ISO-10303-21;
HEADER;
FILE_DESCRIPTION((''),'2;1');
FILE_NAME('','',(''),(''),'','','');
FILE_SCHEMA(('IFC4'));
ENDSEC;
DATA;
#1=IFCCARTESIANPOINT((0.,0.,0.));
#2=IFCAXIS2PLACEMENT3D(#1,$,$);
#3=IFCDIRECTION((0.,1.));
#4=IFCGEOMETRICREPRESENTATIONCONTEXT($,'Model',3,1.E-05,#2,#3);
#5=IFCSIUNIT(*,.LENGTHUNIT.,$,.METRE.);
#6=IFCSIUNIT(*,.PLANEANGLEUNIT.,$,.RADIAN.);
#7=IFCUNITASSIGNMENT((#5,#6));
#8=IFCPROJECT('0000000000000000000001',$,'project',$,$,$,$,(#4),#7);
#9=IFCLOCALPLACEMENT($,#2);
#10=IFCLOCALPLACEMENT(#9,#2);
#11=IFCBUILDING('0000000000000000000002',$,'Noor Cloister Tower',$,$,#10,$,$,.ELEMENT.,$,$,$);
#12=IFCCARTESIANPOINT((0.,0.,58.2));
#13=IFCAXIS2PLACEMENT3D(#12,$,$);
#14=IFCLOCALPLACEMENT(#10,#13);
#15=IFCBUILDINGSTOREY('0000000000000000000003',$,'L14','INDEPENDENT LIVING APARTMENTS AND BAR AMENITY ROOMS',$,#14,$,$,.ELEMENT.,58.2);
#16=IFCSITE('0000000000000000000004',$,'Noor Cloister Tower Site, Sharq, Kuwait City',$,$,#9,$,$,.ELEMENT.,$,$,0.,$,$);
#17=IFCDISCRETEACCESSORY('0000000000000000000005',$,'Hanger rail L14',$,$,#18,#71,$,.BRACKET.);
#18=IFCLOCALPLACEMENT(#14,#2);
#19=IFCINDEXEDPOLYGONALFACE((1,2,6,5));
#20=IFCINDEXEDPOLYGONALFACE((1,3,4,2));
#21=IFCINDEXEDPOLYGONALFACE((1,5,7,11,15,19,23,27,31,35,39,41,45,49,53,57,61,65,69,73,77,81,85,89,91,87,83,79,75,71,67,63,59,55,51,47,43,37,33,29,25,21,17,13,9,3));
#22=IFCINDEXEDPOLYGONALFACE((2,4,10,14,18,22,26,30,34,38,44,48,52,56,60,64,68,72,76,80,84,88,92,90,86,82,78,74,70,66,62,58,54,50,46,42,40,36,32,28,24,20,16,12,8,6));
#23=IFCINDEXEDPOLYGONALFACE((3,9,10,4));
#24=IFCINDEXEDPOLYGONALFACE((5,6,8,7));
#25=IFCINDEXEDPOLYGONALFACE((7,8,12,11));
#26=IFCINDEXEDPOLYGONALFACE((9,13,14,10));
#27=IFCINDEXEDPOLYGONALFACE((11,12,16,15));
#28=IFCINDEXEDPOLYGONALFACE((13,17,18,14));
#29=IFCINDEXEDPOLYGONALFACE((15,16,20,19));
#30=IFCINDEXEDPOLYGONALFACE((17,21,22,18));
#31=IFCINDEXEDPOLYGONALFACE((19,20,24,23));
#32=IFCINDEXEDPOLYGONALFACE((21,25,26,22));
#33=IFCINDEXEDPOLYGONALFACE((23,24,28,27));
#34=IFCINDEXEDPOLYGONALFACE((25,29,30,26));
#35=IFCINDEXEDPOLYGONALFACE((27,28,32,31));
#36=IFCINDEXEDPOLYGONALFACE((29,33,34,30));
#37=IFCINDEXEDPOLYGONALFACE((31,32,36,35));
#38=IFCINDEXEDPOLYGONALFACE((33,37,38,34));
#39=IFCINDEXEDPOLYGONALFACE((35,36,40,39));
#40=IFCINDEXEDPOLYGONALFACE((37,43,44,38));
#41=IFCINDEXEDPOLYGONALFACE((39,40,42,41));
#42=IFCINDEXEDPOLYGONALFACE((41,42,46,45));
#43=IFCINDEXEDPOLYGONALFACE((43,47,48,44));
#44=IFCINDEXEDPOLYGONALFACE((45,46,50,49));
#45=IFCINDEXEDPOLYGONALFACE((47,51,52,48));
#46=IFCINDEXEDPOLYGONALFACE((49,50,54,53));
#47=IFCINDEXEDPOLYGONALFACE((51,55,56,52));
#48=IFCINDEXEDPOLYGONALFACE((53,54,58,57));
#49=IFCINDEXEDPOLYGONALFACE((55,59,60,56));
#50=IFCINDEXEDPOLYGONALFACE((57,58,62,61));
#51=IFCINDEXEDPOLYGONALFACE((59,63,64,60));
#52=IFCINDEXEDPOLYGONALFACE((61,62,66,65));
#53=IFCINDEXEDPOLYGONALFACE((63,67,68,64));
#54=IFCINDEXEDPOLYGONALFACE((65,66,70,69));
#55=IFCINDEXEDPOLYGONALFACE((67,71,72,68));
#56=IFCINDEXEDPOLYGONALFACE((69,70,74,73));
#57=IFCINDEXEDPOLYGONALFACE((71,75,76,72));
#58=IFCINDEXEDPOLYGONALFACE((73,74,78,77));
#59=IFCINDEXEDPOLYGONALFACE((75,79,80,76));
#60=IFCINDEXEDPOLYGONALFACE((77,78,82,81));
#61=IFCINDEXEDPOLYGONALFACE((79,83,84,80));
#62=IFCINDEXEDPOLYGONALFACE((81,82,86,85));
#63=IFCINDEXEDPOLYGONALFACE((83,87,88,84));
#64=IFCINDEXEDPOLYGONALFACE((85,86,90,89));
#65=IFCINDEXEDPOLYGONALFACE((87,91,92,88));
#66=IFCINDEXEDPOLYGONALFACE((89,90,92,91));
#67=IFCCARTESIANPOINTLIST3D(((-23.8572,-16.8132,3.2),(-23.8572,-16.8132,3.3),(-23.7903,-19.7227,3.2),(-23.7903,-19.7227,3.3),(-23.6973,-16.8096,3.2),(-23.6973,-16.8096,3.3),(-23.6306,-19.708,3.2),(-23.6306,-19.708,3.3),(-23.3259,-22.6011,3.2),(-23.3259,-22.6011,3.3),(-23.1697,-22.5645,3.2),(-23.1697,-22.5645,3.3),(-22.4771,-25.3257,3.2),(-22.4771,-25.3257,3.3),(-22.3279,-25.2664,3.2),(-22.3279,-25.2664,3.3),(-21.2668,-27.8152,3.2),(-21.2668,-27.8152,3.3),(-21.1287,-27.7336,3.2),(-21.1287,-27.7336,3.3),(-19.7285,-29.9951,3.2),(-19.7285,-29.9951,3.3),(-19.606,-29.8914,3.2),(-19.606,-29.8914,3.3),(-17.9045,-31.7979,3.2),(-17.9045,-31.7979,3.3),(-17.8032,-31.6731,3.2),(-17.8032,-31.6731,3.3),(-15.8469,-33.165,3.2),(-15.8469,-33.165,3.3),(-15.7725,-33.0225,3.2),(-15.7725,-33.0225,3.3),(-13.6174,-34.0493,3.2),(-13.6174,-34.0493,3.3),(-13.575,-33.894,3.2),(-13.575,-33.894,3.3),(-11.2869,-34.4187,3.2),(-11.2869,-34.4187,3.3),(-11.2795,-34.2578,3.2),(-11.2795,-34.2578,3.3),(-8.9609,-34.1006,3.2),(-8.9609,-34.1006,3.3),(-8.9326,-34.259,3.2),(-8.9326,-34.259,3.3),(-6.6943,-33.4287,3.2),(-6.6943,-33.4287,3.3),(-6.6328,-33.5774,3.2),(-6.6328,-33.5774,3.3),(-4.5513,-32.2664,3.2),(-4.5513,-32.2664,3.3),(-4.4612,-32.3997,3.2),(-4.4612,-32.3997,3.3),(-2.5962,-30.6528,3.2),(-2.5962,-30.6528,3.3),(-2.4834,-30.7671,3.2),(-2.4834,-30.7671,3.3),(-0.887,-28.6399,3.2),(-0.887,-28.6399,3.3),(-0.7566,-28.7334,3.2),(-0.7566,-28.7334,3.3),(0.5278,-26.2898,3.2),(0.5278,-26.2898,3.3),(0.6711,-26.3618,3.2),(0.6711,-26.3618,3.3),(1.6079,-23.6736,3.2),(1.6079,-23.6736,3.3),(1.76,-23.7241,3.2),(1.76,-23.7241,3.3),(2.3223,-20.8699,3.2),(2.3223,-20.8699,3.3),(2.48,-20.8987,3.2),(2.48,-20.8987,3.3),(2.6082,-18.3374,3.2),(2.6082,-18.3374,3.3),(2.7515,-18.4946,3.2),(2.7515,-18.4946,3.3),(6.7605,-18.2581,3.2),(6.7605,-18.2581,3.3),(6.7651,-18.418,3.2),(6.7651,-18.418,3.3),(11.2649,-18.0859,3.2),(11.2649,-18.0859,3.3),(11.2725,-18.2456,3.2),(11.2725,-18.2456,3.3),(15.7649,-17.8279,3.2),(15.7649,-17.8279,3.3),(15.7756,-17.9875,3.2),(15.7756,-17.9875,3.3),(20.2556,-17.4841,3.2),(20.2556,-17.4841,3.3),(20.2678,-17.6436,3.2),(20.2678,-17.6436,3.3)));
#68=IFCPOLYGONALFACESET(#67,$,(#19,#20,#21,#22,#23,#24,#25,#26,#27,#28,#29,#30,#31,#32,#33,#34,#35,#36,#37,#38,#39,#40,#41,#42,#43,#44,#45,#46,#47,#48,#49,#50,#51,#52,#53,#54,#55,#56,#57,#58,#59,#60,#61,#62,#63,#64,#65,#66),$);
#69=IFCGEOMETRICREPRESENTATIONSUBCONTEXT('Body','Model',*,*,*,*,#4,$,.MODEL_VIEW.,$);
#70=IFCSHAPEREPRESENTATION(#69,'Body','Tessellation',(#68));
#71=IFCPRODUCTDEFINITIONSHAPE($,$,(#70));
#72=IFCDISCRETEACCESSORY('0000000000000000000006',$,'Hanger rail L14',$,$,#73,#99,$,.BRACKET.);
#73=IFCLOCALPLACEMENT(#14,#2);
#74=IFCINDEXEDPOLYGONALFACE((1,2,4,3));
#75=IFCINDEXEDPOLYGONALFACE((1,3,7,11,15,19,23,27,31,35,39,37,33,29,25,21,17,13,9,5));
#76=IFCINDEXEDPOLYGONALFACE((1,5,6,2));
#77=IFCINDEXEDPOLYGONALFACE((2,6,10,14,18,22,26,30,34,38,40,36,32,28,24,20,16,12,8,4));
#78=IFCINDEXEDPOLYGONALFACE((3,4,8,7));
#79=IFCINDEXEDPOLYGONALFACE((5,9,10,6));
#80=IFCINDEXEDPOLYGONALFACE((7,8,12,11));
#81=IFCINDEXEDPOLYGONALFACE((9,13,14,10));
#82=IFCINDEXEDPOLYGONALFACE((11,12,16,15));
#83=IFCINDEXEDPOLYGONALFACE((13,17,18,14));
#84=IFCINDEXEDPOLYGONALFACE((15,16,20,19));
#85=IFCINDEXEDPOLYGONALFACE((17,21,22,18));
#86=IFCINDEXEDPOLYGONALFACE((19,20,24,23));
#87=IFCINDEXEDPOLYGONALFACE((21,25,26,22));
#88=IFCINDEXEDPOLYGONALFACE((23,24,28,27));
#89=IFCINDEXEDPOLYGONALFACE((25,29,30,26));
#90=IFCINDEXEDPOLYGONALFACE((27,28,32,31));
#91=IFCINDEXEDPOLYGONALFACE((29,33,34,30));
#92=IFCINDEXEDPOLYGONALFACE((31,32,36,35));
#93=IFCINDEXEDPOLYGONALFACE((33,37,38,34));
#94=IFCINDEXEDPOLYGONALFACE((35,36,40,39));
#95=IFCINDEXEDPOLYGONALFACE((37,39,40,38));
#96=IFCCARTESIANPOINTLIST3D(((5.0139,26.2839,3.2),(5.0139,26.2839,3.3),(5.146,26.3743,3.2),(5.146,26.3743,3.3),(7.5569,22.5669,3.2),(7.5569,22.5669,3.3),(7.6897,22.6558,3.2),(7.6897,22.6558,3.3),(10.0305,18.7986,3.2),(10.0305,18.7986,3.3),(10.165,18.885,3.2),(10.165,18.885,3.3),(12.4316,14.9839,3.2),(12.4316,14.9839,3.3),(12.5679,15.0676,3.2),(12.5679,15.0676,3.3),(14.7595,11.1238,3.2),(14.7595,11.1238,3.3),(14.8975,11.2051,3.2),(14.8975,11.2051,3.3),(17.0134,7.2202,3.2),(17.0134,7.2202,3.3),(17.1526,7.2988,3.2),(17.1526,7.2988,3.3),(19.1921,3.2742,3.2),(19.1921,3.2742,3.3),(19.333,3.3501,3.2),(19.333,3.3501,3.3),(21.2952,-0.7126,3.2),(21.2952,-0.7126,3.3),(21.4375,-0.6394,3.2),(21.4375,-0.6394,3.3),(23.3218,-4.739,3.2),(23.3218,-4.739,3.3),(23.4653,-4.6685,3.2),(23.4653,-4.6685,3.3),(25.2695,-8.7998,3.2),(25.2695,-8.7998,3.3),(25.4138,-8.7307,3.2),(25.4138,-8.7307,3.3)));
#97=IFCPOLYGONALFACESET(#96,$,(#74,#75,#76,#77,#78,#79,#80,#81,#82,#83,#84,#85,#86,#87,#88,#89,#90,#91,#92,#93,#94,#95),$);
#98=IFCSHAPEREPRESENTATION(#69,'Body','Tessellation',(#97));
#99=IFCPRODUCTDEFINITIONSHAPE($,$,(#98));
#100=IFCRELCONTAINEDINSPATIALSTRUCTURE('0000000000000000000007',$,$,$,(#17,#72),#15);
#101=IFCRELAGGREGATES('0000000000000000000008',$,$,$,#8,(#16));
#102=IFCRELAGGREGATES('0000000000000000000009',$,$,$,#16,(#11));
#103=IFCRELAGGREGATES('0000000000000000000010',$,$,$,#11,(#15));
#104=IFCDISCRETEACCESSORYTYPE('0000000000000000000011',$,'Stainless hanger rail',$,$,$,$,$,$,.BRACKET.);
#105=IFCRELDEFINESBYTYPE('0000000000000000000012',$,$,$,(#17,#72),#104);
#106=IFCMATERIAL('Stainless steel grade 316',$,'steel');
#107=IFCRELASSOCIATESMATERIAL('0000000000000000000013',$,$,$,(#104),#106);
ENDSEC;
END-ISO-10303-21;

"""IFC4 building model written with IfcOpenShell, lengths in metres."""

from ifc_helpers import new_model, si_unit, direction, frame, origin, place, context, subcontext, project, spatial, polyline, outline, extrude, material, type_object, element, save


model = new_model("IFC4")

# Units and contexts
model_context = context("Model", 3, precision=1e-05, world=origin(), true_north=direction((0.0, 1.0)))
body_context = subcontext(model_context, "Body", "Model", "MODEL_VIEW")
ifc_project = project(units=[si_unit("LENGTHUNIT", "METRE"), si_unit("PLANEANGLEUNIT", "RADIAN")], contexts=[model_context])

# Site, building, storey
site_placement = place(None, origin())
site = spatial("IfcSite", under=ifc_project, at=site_placement, Name="Noor Cloister Tower Site, Sharq, Kuwait City", CompositionType="ELEMENT", RefElevation=0.0)
building_placement = place(site_placement, origin())
building = spatial("IfcBuilding", under=site, at=building_placement, Name="Noor Cloister Tower", CompositionType="ELEMENT")
storey_placement = place(building_placement, frame((0.0, 0.0, 58.2)))
storey = spatial("IfcBuildingStorey", under=building, at=storey_placement, Name="L14", Description="INDEPENDENT LIVING APARTMENTS AND BAR AMENITY ROOMS", CompositionType="ELEMENT", Elevation=58.2)

# Discrete accessories
ifc_material_1 = material(Name="Stainless steel grade 316", Category="steel")
discrete_accessory_type = type_object("IfcDiscreteAccessoryType", Name="Stainless hanger rail", PredefinedType="BRACKET", material=ifc_material_1)
discrete_accessory_1_placement = place(storey_placement, frame((0.0, 0.0, 3.2)))
element("IfcDiscreteAccessory", 1, at=discrete_accessory_1_placement, inside=storey, type_object=discrete_accessory_type, Name="Hanger rail L14", PredefinedType="BRACKET", context=body_context, shape_type="SweptSolid", body=[
    extrude(outline(polyline([(-23.8572, -16.8132), (-23.7903, -19.7227), (-23.3259, -22.6011), (-22.4771, -25.3257), (-21.2668, -27.8152), (-19.7285, -29.9951), (-17.9045, -31.7979), (-15.8469, -33.165), (-13.6174, -34.0493), (-11.2869, -34.4187), (-8.9326, -34.259), (-6.6328, -33.5774), (-4.4612, -32.3997), (-2.4834, -30.7671), (-0.7566, -28.7334), (0.6711, -26.3618), (1.76, -23.7241), (2.48, -20.8987), (2.7515, -18.4946), (6.7651, -18.418), (11.2725, -18.2456), (15.7756, -17.9875), (20.2678, -17.6436), (20.2556, -17.4841), (15.7649, -17.8279), (11.2649, -18.0859), (6.7605, -18.2581), (2.6082, -18.3374), (2.3223, -20.8699), (1.6079, -23.6736), (0.5278, -26.2898), (-0.887, -28.6399), (-2.5962, -30.6528), (-4.5513, -32.2664), (-6.6943, -33.4287), (-8.9609, -34.1006), (-11.2795, -34.2578), (-13.575, -33.894), (-15.7725, -33.0225), (-17.8032, -31.6731), (-19.606, -29.8914), (-21.1287, -27.7336), (-22.3279, -25.2664), (-23.1697, -22.5645), (-23.6306, -19.708), (-23.6973, -16.8096), (-23.8572, -16.8132)])), origin(), (0.0, 0.0, 1.0), 0.1001),
])
discrete_accessory_2_placement = place(storey_placement, frame((0.0, 0.0, 3.2)))
element("IfcDiscreteAccessory", 2, at=discrete_accessory_2_placement, inside=storey, type_object=discrete_accessory_type, Name="Hanger rail L14", PredefinedType="BRACKET", context=body_context, shape_type="SweptSolid", body=[
    extrude(outline(polyline([(25.4138, -8.7307), (23.4653, -4.6685), (21.4375, -0.6394), (19.333, 3.3501), (17.1526, 7.2988), (14.8975, 11.2051), (12.5679, 15.0676), (10.165, 18.885), (7.6897, 22.6558), (5.146, 26.3743), (5.0139, 26.2839), (7.5569, 22.5669), (10.0305, 18.7986), (12.4316, 14.9839), (14.7595, 11.1238), (17.0134, 7.2202), (19.1921, 3.2742), (21.2952, -0.7126), (23.3218, -4.739), (25.2695, -8.7998), (25.4138, -8.7307)])), origin(), (0.0, 0.0, 1.0), 0.1001),
])

save(model, "model.ifc")
